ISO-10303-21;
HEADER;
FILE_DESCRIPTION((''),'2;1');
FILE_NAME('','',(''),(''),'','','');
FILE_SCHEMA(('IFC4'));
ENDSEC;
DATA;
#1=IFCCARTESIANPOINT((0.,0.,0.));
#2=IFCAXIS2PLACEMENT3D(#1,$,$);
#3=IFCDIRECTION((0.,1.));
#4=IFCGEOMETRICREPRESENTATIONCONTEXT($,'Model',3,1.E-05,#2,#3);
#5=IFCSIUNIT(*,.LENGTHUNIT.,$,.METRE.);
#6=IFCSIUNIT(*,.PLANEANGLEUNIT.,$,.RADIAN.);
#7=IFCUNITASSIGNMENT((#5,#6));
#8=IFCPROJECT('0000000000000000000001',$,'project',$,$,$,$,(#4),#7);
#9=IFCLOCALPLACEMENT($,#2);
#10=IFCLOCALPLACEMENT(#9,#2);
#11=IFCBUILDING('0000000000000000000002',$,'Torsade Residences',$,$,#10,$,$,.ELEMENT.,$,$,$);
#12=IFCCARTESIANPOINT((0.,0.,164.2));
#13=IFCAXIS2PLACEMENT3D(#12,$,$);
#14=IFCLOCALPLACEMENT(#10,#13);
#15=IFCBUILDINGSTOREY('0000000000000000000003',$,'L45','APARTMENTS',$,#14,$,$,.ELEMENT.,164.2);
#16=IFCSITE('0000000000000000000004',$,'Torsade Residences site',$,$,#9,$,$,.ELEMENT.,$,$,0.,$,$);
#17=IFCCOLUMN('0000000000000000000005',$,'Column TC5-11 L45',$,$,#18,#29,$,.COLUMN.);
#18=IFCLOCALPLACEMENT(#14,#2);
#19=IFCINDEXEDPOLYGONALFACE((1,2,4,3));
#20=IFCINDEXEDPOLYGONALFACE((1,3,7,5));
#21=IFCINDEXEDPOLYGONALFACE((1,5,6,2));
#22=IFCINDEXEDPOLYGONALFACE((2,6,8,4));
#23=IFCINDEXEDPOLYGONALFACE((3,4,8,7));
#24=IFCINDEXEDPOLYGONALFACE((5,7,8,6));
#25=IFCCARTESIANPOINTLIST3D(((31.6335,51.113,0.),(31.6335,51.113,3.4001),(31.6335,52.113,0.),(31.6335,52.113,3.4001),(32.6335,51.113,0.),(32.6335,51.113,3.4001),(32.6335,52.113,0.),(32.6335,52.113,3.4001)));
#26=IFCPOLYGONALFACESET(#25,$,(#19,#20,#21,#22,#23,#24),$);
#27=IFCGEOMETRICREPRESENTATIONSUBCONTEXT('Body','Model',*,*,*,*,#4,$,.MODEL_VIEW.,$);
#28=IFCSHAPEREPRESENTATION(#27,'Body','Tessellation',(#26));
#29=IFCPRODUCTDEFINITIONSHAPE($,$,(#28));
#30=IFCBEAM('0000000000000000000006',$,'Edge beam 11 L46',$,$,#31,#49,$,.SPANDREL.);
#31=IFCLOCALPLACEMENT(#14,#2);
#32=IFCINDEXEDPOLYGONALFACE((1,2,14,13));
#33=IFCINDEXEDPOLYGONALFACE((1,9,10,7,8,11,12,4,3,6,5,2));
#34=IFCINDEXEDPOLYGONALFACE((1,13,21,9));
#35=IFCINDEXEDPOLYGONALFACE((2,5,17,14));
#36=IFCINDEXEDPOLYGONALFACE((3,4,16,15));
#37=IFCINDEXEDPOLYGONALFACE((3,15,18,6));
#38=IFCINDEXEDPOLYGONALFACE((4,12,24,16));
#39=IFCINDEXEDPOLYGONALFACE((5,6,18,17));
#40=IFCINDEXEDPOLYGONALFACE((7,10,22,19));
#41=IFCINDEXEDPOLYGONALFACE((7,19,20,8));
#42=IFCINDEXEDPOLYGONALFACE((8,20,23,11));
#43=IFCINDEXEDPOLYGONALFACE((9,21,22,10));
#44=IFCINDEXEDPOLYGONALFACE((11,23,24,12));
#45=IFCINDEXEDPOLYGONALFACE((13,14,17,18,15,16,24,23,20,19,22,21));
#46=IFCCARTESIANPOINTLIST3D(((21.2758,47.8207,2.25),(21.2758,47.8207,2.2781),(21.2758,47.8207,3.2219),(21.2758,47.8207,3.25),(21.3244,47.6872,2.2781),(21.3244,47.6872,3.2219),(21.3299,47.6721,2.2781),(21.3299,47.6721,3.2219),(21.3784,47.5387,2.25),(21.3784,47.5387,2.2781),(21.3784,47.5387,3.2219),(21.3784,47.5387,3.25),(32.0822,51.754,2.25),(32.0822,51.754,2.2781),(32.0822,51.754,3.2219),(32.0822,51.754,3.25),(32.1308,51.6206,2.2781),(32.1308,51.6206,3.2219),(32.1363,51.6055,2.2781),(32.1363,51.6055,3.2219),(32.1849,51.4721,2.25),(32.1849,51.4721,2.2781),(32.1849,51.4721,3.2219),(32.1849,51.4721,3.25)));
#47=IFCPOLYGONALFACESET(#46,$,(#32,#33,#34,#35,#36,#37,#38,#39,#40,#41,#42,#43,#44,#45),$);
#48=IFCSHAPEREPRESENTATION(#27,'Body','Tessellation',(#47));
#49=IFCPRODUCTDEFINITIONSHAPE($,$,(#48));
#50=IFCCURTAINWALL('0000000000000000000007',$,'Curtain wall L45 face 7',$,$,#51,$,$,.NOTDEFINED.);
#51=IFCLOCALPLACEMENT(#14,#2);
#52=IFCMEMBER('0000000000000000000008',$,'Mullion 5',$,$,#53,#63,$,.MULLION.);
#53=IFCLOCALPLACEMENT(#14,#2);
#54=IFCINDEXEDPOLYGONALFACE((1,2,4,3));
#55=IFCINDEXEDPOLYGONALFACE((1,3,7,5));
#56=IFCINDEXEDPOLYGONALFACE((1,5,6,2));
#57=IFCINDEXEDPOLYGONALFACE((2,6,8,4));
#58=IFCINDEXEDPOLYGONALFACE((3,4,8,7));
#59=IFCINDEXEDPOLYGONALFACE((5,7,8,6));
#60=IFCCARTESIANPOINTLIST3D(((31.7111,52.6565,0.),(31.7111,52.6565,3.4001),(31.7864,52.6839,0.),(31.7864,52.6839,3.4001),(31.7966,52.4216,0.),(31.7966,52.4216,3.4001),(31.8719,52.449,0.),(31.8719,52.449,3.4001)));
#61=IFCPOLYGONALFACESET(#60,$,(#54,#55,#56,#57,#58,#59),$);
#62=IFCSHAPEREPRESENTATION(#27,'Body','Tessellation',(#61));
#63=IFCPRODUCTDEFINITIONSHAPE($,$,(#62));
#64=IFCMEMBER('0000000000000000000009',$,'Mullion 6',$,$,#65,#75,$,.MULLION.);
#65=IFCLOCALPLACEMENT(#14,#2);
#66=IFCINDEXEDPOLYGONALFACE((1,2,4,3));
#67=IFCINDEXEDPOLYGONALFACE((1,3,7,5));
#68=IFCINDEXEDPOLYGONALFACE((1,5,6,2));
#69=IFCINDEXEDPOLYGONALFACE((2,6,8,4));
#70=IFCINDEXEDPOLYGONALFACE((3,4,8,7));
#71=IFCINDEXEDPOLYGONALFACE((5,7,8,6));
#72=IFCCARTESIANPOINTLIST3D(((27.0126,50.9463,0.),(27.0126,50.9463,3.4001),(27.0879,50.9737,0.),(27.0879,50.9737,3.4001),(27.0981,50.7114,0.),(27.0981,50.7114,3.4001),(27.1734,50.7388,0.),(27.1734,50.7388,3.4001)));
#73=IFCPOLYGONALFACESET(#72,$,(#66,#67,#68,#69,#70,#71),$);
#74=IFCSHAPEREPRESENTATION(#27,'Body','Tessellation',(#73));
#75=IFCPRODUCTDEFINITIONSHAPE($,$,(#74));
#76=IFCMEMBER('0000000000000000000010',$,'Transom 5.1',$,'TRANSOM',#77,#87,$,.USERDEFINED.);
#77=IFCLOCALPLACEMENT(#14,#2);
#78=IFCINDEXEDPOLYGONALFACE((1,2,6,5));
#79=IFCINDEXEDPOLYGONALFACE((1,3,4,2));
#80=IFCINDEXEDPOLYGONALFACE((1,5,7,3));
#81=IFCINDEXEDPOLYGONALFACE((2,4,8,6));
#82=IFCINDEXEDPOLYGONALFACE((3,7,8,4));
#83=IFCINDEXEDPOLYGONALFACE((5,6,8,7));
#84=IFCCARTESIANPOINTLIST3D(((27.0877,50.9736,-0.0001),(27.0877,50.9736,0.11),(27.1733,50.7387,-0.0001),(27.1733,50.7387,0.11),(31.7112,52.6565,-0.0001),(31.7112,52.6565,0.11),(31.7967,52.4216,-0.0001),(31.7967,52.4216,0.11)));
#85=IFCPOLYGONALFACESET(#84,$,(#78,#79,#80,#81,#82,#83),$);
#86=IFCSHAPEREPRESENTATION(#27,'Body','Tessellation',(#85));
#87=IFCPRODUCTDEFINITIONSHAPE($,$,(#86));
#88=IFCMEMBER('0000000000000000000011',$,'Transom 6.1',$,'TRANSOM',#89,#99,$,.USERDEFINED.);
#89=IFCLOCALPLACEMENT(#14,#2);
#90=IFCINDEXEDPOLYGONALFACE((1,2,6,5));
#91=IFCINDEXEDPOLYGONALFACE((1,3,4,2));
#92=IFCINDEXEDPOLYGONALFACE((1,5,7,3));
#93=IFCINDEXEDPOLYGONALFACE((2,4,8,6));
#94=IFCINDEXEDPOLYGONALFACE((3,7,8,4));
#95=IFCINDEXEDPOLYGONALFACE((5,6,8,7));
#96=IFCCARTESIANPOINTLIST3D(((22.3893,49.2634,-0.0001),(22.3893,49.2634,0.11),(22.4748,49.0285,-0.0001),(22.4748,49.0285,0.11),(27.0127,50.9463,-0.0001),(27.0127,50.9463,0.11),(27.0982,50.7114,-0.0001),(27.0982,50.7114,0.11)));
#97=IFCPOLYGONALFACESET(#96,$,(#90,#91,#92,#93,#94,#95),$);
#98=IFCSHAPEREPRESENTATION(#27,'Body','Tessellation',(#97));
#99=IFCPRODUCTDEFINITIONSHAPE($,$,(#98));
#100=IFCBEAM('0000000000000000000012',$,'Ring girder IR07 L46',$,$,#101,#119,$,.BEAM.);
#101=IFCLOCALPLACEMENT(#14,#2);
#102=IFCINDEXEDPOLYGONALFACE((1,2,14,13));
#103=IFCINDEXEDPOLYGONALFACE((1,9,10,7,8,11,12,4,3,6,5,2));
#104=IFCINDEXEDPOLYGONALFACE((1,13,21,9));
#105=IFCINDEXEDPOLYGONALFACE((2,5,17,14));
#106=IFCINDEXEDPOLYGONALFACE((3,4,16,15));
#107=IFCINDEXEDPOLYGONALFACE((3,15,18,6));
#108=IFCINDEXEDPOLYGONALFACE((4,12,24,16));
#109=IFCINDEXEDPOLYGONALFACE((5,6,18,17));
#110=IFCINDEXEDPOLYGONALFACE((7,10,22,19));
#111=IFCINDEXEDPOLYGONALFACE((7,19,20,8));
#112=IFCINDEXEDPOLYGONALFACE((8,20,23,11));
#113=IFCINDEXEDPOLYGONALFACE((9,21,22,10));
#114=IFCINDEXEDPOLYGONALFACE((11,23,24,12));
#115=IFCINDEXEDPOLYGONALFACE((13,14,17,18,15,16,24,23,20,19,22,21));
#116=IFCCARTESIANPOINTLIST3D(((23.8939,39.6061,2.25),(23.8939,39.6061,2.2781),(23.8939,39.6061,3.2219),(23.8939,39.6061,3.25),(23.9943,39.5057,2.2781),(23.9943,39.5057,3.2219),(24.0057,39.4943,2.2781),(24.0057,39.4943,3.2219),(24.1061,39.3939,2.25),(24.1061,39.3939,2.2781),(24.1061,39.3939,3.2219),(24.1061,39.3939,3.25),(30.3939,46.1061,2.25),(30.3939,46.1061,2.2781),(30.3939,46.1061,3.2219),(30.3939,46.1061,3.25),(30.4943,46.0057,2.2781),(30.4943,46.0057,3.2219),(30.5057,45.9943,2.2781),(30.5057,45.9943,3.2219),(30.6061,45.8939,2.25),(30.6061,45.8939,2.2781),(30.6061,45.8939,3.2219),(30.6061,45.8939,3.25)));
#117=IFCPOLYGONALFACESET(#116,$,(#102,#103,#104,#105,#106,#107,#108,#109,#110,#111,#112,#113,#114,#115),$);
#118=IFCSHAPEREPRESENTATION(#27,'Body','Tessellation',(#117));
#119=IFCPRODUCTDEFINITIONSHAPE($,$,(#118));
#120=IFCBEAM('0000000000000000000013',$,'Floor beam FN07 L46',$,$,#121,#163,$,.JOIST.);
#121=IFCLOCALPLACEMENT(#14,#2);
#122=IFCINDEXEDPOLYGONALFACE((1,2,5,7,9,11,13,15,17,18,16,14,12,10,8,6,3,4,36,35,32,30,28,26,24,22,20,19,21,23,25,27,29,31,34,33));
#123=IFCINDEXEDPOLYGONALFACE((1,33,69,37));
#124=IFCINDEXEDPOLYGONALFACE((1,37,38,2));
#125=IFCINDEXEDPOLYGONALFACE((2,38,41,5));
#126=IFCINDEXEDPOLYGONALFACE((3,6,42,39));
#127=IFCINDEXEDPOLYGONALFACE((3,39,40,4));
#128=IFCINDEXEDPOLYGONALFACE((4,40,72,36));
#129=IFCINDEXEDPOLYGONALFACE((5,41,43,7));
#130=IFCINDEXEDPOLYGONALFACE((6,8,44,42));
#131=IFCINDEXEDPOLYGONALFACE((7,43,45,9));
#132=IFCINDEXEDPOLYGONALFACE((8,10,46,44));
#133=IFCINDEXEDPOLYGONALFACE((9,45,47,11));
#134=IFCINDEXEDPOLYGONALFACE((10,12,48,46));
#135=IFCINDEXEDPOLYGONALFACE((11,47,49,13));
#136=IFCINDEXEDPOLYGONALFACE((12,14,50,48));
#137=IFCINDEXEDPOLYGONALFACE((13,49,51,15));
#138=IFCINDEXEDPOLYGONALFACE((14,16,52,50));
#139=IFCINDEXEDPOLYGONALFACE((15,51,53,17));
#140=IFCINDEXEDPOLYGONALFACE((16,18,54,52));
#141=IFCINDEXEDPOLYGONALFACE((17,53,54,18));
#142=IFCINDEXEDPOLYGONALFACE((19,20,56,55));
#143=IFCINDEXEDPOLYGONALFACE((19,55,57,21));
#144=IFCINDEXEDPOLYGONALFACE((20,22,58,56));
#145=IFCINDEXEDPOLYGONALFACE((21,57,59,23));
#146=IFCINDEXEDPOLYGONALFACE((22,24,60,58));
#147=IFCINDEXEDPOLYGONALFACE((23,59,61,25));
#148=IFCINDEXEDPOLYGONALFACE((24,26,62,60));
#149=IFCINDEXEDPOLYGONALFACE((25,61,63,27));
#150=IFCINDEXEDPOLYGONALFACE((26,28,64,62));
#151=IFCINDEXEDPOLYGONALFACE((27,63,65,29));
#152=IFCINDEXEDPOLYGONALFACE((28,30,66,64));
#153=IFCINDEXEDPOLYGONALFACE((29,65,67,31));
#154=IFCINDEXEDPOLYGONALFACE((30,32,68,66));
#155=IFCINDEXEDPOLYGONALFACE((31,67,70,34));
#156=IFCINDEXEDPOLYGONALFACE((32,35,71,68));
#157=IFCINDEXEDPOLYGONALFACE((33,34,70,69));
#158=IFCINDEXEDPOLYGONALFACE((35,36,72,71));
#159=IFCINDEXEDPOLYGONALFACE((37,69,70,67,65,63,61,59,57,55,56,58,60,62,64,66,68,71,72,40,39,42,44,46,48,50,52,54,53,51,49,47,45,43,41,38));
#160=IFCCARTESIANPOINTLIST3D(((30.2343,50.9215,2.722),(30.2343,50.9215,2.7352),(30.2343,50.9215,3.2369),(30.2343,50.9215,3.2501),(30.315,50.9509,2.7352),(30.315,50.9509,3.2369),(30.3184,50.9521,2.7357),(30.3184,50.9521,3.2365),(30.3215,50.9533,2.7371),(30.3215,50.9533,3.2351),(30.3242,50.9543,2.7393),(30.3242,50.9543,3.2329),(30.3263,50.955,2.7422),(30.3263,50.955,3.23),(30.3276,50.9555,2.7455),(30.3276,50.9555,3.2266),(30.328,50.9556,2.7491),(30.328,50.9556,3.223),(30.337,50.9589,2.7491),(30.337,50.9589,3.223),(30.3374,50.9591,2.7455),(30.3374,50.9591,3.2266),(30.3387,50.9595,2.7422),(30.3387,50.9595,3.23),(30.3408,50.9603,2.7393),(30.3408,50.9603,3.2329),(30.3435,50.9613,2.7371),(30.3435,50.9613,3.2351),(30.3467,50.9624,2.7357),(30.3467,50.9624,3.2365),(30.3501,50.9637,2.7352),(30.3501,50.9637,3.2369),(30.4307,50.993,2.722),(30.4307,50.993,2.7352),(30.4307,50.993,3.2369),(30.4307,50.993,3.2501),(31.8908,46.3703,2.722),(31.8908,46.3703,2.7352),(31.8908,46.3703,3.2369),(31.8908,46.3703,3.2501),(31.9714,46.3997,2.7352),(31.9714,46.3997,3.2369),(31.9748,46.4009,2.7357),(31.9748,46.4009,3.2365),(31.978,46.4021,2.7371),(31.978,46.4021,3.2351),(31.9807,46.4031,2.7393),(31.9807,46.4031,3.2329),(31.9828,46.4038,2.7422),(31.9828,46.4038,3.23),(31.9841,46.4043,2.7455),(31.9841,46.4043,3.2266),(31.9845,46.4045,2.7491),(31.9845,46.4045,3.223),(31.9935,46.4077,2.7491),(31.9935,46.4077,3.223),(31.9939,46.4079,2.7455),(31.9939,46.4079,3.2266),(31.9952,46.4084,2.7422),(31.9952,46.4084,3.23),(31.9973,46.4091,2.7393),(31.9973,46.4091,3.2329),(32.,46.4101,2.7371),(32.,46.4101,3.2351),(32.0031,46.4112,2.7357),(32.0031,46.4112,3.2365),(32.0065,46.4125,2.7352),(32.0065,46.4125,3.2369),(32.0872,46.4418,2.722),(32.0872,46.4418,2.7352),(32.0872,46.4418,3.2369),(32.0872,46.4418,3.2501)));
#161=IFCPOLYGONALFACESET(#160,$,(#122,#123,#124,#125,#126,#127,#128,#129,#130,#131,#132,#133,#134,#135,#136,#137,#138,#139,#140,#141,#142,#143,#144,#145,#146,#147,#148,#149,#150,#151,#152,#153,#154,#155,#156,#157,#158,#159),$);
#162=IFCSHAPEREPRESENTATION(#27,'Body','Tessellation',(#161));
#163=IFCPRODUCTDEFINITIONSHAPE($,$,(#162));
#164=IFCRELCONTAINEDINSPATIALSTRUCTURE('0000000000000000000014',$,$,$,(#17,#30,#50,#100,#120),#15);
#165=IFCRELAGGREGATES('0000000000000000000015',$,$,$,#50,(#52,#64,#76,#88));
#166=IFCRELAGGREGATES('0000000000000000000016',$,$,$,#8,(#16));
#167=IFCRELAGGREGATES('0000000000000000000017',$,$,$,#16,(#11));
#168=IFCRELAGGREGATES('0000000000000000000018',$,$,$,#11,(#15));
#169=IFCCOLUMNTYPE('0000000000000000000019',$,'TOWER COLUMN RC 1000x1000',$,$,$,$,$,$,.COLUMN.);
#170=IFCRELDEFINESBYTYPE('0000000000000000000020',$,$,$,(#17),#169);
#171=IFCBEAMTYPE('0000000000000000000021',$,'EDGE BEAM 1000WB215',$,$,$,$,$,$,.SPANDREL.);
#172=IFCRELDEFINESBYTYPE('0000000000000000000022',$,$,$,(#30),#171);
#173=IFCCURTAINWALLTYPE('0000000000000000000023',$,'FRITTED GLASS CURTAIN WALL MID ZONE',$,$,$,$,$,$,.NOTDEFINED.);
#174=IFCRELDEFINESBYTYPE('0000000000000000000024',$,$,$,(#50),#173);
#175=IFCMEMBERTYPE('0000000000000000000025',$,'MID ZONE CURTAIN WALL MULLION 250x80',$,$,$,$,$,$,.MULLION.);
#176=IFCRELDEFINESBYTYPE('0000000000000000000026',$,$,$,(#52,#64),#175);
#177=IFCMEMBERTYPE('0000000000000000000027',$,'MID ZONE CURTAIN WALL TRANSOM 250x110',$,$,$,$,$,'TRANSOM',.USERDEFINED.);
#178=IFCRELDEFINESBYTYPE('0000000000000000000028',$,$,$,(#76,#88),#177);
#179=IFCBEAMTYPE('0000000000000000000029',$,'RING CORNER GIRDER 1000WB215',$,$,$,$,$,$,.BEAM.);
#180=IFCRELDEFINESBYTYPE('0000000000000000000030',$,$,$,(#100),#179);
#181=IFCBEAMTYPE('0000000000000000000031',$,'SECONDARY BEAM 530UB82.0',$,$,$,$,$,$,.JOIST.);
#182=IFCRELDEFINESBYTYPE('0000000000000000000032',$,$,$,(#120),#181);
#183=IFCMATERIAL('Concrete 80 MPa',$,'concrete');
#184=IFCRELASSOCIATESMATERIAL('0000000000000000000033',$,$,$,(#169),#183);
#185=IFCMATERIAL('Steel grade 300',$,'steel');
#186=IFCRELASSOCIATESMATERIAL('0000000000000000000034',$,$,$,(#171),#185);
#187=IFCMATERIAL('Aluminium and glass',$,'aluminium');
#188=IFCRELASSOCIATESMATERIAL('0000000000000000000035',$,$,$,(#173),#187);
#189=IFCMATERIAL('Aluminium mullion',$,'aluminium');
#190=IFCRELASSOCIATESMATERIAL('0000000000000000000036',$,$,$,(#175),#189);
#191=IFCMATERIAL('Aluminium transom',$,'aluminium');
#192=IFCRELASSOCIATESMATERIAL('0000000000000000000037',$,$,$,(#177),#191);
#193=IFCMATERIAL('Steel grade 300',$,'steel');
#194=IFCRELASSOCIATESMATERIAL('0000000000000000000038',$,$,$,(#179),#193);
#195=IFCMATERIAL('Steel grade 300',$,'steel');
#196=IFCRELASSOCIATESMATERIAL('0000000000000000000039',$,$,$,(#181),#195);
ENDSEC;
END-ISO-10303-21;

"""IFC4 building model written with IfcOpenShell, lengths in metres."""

from ifc_helpers import new_model, si_unit, direction, frame, origin, origin_2d, place, context, subcontext, project, spatial, rectangle, i_section, extrude, material, material_profile, profile_set, type_object, element, aggregate, save


model = new_model("IFC4")

# Units and contexts
model_context = context("Model", 3, precision=1e-05, world=origin(), true_north=direction((0.0, 1.0)))
body_context = subcontext(model_context, "Body", "Model", "MODEL_VIEW")
ifc_project = project(units=[si_unit("LENGTHUNIT", "METRE"), si_unit("PLANEANGLEUNIT", "RADIAN")], contexts=[model_context])

# Site, building, storey
site_placement = place(None, origin())
site = spatial("IfcSite", under=ifc_project, at=site_placement, Name="Torsade Residences site", CompositionType="ELEMENT", RefElevation=0.0)
building_placement = place(site_placement, origin())
building = spatial("IfcBuilding", under=site, at=building_placement, Name="Torsade Residences", CompositionType="ELEMENT")
storey_placement = place(building_placement, frame((0.0, 0.0, 164.2)))
storey = spatial("IfcBuildingStorey", under=building, at=storey_placement, Name="L45", Description="APARTMENTS", CompositionType="ELEMENT", Elevation=164.2)

# Column
ifc_material_1 = material(Name="Concrete 80 MPa", Category="concrete")
ifc_material_profile_1 = material_profile(ifc_material_1, rectangle(XDim=1.0, YDim=1.0, at=origin_2d()), Name="RC 1000x1000")
ifc_profile_set_1 = profile_set([ifc_material_profile_1], Name="Concrete 80 MPa")
column_type = type_object("IfcColumnType", Name="TOWER COLUMN RC 1000x1000", PredefinedType="COLUMN", material=ifc_profile_set_1)
column_placement = place(storey_placement, frame((32.1335, 51.613, 0.0), z_axis=(0.0, 0.0, 1.0), x_axis=(1.0, 0.0, 0.0)))
element("IfcColumn", 1, at=column_placement, inside=storey, type_object=column_type, Name="Column TC5-11 L45", PredefinedType="COLUMN", context=body_context, shape_type="SweptSolid", body=[
    extrude(rectangle(XDim=1.0, YDim=1.0, at=origin_2d()), origin(), (0.0, 0.0, 1.0), 3.4001),
])

# Beam
ifc_material_2 = material(Name="Steel grade 300", Category="steel")
ifc_material_profile_2 = material_profile(ifc_material_2, i_section(OverallWidth=0.3, OverallDepth=1.0, WebThickness=0.0161, FlangeThickness=0.0281, at=origin_2d()), Name="1000WB215")
ifc_profile_set_2 = profile_set([ifc_material_profile_2], Name="Steel grade 300")
beam_type_1 = type_object("IfcBeamType", Name="EDGE BEAM 1000WB215", PredefinedType="SPANDREL", material=ifc_profile_set_2)
beam_1_placement = place(storey_placement, frame((32.1335, 51.613, 2.75), z_axis=(-0.939689, -0.342031, 0.0), x_axis=(0.342031, -0.939689, 0.0)))
element("IfcBeam", 2, at=beam_1_placement, inside=storey, type_object=beam_type_1, Name="Edge beam 11 L46", PredefinedType="SPANDREL", context=body_context, shape_type="SweptSolid", body=[
    extrude(i_section(OverallWidth=0.3, OverallDepth=1.0, WebThickness=0.0161, FlangeThickness=0.0281, at=origin_2d()), origin(), (0.0, 0.0, 1.0), 11.5),
])

# Curtain wall, members
ifc_material_3 = material(Name="Aluminium and glass", Category="aluminium")
curtain_wall_type = type_object("IfcCurtainWallType", Name="FRITTED GLASS CURTAIN WALL MID ZONE", PredefinedType="NOTDEFINED", material=ifc_material_3)
curtain_wall_placement = place(storey_placement, origin())
curtain_wall = element("IfcCurtainWall", 3, at=curtain_wall_placement, inside=storey, type_object=curtain_wall_type, Name="Curtain wall L45 face 7", PredefinedType="NOTDEFINED")
ifc_material_4 = material(Name="Aluminium mullion", Category="aluminium")
ifc_material_profile_3 = material_profile(ifc_material_4, rectangle(XDim=0.25, YDim=0.0801, at=origin_2d()), Name="MID ZONE CURTAIN WALL MULLION 250x80")
ifc_profile_set_3 = profile_set([ifc_material_profile_3], Name="Aluminium mullion")
member_type_1 = type_object("IfcMemberType", Name="MID ZONE CURTAIN WALL MULLION 250x80", PredefinedType="MULLION", material=ifc_profile_set_3)
member_1_placement = place(storey_placement, frame((31.7915, 52.5527, 0.0), z_axis=(0.0, 0.0, 1.0), x_axis=(0.34202, -0.939693, 0.0)))
member_1 = element("IfcMember", 4, at=member_1_placement, type_object=member_type_1, Name="Mullion 5", PredefinedType="MULLION", context=body_context, shape_type="SweptSolid", body=[
    extrude(rectangle(XDim=0.25, YDim=0.0801, at=origin_2d()), origin(), (0.0, 0.0, 1.0), 3.4001),
])
member_2_placement = place(storey_placement, frame((27.093, 50.8425, 0.0), z_axis=(0.0, 0.0, 1.0), x_axis=(0.34202, -0.939693, 0.0)))
member_2 = element("IfcMember", 5, at=member_2_placement, type_object=member_type_1, Name="Mullion 6", PredefinedType="MULLION", context=body_context, shape_type="SweptSolid", body=[
    extrude(rectangle(XDim=0.25, YDim=0.0801, at=origin_2d()), origin(), (0.0, 0.0, 1.0), 3.4001),
])
ifc_material_5 = material(Name="Aluminium transom", Category="aluminium")
ifc_material_profile_4 = material_profile(ifc_material_5, rectangle(XDim=0.25, YDim=0.1101, at=origin_2d()), Name="MID ZONE CURTAIN WALL TRANSOM 250x110")
ifc_profile_set_4 = profile_set([ifc_material_profile_4], Name="Aluminium transom")
member_type_2 = type_object("IfcMemberType", Name="MID ZONE CURTAIN WALL TRANSOM 250x110", ElementType="TRANSOM", PredefinedType="USERDEFINED", material=ifc_profile_set_4)
member_3_placement = place(storey_placement, frame((31.7539, 52.5391, 0.0549), z_axis=(-0.939685, -0.342042, 0.0), x_axis=(0.342042, -0.939685, 0.0)))
member_3 = element("IfcMember", 6, at=member_3_placement, type_object=member_type_2, Name="Transom 5.1", ObjectType="TRANSOM", PredefinedType="USERDEFINED", context=body_context, shape_type="SweptSolid", body=[
    extrude(rectangle(XDim=0.25, YDim=0.1101, at=origin_2d()), origin(), (0.0, 0.0, 1.0), 4.9202),
])
member_4_placement = place(storey_placement, frame((27.0554, 50.8289, 0.0549), z_axis=(-0.939685, -0.342042, 0.0), x_axis=(0.342042, -0.939685, 0.0)))
member_4 = element("IfcMember", 7, at=member_4_placement, type_object=member_type_2, Name="Transom 6.1", ObjectType="TRANSOM", PredefinedType="USERDEFINED", context=body_context, shape_type="SweptSolid", body=[
    extrude(rectangle(XDim=0.25, YDim=0.1101, at=origin_2d()), origin(), (0.0, 0.0, 1.0), 4.9202),
])

# Beams
ifc_material_6 = material(Name="Steel grade 300", Category="steel")
ifc_material_profile_5 = material_profile(ifc_material_6, i_section(OverallWidth=0.3, OverallDepth=1.0, WebThickness=0.0161, FlangeThickness=0.0281, at=origin_2d()), Name="1000WB215")
ifc_profile_set_5 = profile_set([ifc_material_profile_5], Name="Steel grade 300")
beam_type_2 = type_object("IfcBeamType", Name="RING CORNER GIRDER 1000WB215", PredefinedType="BEAM", material=ifc_profile_set_5)
beam_2_placement = place(storey_placement, frame((30.5, 46.0, 2.75), z_axis=(-0.707107, -0.707107, 0.0), x_axis=(0.707107, -0.707107, 0.0)))
element("IfcBeam", 8, at=beam_2_placement, inside=storey, type_object=beam_type_2, Name="Ring girder IR07 L46", PredefinedType="BEAM", context=body_context, shape_type="SweptSolid", body=[
    extrude(i_section(OverallWidth=0.3, OverallDepth=1.0, WebThickness=0.0161, FlangeThickness=0.0281, at=origin_2d()), origin(), (0.0, 0.0, 1.0), 9.1924),
])
ifc_material_7 = material(Name="Steel grade 300", Category="steel")
ifc_material_profile_6 = material_profile(ifc_material_7, i_section(OverallWidth=0.209, OverallDepth=0.5281, WebThickness=0.0095, FlangeThickness=0.0132, FilletRadius=0.0139, at=origin_2d()), Name="530UB82.0")
ifc_profile_set_6 = profile_set([ifc_material_profile_6], Name="Steel grade 300")
beam_type_3 = type_object("IfcBeamType", Name="SECONDARY BEAM 530UB82.0", PredefinedType="JOIST", material=ifc_profile_set_6)
beam_3_placement = place(storey_placement, frame((30.3325, 50.9573, 2.9861), z_axis=(0.342014, -0.939695, 0.0), x_axis=(0.939695, 0.342014, 0.0)))
element("IfcBeam", 9, at=beam_3_placement, inside=storey, type_object=beam_type_3, Name="Floor beam FN07 L46", PredefinedType="JOIST", context=body_context, shape_type="SweptSolid", body=[
    extrude(i_section(OverallWidth=0.209, OverallDepth=0.5281, WebThickness=0.0095, FlangeThickness=0.0132, FilletRadius=0.0139, at=origin_2d()), origin(), (0.0, 0.0, 1.0), 4.8433),
])

aggregate(curtain_wall, [member_1, member_2, member_3, member_4])

save(model, "model.ifc")
